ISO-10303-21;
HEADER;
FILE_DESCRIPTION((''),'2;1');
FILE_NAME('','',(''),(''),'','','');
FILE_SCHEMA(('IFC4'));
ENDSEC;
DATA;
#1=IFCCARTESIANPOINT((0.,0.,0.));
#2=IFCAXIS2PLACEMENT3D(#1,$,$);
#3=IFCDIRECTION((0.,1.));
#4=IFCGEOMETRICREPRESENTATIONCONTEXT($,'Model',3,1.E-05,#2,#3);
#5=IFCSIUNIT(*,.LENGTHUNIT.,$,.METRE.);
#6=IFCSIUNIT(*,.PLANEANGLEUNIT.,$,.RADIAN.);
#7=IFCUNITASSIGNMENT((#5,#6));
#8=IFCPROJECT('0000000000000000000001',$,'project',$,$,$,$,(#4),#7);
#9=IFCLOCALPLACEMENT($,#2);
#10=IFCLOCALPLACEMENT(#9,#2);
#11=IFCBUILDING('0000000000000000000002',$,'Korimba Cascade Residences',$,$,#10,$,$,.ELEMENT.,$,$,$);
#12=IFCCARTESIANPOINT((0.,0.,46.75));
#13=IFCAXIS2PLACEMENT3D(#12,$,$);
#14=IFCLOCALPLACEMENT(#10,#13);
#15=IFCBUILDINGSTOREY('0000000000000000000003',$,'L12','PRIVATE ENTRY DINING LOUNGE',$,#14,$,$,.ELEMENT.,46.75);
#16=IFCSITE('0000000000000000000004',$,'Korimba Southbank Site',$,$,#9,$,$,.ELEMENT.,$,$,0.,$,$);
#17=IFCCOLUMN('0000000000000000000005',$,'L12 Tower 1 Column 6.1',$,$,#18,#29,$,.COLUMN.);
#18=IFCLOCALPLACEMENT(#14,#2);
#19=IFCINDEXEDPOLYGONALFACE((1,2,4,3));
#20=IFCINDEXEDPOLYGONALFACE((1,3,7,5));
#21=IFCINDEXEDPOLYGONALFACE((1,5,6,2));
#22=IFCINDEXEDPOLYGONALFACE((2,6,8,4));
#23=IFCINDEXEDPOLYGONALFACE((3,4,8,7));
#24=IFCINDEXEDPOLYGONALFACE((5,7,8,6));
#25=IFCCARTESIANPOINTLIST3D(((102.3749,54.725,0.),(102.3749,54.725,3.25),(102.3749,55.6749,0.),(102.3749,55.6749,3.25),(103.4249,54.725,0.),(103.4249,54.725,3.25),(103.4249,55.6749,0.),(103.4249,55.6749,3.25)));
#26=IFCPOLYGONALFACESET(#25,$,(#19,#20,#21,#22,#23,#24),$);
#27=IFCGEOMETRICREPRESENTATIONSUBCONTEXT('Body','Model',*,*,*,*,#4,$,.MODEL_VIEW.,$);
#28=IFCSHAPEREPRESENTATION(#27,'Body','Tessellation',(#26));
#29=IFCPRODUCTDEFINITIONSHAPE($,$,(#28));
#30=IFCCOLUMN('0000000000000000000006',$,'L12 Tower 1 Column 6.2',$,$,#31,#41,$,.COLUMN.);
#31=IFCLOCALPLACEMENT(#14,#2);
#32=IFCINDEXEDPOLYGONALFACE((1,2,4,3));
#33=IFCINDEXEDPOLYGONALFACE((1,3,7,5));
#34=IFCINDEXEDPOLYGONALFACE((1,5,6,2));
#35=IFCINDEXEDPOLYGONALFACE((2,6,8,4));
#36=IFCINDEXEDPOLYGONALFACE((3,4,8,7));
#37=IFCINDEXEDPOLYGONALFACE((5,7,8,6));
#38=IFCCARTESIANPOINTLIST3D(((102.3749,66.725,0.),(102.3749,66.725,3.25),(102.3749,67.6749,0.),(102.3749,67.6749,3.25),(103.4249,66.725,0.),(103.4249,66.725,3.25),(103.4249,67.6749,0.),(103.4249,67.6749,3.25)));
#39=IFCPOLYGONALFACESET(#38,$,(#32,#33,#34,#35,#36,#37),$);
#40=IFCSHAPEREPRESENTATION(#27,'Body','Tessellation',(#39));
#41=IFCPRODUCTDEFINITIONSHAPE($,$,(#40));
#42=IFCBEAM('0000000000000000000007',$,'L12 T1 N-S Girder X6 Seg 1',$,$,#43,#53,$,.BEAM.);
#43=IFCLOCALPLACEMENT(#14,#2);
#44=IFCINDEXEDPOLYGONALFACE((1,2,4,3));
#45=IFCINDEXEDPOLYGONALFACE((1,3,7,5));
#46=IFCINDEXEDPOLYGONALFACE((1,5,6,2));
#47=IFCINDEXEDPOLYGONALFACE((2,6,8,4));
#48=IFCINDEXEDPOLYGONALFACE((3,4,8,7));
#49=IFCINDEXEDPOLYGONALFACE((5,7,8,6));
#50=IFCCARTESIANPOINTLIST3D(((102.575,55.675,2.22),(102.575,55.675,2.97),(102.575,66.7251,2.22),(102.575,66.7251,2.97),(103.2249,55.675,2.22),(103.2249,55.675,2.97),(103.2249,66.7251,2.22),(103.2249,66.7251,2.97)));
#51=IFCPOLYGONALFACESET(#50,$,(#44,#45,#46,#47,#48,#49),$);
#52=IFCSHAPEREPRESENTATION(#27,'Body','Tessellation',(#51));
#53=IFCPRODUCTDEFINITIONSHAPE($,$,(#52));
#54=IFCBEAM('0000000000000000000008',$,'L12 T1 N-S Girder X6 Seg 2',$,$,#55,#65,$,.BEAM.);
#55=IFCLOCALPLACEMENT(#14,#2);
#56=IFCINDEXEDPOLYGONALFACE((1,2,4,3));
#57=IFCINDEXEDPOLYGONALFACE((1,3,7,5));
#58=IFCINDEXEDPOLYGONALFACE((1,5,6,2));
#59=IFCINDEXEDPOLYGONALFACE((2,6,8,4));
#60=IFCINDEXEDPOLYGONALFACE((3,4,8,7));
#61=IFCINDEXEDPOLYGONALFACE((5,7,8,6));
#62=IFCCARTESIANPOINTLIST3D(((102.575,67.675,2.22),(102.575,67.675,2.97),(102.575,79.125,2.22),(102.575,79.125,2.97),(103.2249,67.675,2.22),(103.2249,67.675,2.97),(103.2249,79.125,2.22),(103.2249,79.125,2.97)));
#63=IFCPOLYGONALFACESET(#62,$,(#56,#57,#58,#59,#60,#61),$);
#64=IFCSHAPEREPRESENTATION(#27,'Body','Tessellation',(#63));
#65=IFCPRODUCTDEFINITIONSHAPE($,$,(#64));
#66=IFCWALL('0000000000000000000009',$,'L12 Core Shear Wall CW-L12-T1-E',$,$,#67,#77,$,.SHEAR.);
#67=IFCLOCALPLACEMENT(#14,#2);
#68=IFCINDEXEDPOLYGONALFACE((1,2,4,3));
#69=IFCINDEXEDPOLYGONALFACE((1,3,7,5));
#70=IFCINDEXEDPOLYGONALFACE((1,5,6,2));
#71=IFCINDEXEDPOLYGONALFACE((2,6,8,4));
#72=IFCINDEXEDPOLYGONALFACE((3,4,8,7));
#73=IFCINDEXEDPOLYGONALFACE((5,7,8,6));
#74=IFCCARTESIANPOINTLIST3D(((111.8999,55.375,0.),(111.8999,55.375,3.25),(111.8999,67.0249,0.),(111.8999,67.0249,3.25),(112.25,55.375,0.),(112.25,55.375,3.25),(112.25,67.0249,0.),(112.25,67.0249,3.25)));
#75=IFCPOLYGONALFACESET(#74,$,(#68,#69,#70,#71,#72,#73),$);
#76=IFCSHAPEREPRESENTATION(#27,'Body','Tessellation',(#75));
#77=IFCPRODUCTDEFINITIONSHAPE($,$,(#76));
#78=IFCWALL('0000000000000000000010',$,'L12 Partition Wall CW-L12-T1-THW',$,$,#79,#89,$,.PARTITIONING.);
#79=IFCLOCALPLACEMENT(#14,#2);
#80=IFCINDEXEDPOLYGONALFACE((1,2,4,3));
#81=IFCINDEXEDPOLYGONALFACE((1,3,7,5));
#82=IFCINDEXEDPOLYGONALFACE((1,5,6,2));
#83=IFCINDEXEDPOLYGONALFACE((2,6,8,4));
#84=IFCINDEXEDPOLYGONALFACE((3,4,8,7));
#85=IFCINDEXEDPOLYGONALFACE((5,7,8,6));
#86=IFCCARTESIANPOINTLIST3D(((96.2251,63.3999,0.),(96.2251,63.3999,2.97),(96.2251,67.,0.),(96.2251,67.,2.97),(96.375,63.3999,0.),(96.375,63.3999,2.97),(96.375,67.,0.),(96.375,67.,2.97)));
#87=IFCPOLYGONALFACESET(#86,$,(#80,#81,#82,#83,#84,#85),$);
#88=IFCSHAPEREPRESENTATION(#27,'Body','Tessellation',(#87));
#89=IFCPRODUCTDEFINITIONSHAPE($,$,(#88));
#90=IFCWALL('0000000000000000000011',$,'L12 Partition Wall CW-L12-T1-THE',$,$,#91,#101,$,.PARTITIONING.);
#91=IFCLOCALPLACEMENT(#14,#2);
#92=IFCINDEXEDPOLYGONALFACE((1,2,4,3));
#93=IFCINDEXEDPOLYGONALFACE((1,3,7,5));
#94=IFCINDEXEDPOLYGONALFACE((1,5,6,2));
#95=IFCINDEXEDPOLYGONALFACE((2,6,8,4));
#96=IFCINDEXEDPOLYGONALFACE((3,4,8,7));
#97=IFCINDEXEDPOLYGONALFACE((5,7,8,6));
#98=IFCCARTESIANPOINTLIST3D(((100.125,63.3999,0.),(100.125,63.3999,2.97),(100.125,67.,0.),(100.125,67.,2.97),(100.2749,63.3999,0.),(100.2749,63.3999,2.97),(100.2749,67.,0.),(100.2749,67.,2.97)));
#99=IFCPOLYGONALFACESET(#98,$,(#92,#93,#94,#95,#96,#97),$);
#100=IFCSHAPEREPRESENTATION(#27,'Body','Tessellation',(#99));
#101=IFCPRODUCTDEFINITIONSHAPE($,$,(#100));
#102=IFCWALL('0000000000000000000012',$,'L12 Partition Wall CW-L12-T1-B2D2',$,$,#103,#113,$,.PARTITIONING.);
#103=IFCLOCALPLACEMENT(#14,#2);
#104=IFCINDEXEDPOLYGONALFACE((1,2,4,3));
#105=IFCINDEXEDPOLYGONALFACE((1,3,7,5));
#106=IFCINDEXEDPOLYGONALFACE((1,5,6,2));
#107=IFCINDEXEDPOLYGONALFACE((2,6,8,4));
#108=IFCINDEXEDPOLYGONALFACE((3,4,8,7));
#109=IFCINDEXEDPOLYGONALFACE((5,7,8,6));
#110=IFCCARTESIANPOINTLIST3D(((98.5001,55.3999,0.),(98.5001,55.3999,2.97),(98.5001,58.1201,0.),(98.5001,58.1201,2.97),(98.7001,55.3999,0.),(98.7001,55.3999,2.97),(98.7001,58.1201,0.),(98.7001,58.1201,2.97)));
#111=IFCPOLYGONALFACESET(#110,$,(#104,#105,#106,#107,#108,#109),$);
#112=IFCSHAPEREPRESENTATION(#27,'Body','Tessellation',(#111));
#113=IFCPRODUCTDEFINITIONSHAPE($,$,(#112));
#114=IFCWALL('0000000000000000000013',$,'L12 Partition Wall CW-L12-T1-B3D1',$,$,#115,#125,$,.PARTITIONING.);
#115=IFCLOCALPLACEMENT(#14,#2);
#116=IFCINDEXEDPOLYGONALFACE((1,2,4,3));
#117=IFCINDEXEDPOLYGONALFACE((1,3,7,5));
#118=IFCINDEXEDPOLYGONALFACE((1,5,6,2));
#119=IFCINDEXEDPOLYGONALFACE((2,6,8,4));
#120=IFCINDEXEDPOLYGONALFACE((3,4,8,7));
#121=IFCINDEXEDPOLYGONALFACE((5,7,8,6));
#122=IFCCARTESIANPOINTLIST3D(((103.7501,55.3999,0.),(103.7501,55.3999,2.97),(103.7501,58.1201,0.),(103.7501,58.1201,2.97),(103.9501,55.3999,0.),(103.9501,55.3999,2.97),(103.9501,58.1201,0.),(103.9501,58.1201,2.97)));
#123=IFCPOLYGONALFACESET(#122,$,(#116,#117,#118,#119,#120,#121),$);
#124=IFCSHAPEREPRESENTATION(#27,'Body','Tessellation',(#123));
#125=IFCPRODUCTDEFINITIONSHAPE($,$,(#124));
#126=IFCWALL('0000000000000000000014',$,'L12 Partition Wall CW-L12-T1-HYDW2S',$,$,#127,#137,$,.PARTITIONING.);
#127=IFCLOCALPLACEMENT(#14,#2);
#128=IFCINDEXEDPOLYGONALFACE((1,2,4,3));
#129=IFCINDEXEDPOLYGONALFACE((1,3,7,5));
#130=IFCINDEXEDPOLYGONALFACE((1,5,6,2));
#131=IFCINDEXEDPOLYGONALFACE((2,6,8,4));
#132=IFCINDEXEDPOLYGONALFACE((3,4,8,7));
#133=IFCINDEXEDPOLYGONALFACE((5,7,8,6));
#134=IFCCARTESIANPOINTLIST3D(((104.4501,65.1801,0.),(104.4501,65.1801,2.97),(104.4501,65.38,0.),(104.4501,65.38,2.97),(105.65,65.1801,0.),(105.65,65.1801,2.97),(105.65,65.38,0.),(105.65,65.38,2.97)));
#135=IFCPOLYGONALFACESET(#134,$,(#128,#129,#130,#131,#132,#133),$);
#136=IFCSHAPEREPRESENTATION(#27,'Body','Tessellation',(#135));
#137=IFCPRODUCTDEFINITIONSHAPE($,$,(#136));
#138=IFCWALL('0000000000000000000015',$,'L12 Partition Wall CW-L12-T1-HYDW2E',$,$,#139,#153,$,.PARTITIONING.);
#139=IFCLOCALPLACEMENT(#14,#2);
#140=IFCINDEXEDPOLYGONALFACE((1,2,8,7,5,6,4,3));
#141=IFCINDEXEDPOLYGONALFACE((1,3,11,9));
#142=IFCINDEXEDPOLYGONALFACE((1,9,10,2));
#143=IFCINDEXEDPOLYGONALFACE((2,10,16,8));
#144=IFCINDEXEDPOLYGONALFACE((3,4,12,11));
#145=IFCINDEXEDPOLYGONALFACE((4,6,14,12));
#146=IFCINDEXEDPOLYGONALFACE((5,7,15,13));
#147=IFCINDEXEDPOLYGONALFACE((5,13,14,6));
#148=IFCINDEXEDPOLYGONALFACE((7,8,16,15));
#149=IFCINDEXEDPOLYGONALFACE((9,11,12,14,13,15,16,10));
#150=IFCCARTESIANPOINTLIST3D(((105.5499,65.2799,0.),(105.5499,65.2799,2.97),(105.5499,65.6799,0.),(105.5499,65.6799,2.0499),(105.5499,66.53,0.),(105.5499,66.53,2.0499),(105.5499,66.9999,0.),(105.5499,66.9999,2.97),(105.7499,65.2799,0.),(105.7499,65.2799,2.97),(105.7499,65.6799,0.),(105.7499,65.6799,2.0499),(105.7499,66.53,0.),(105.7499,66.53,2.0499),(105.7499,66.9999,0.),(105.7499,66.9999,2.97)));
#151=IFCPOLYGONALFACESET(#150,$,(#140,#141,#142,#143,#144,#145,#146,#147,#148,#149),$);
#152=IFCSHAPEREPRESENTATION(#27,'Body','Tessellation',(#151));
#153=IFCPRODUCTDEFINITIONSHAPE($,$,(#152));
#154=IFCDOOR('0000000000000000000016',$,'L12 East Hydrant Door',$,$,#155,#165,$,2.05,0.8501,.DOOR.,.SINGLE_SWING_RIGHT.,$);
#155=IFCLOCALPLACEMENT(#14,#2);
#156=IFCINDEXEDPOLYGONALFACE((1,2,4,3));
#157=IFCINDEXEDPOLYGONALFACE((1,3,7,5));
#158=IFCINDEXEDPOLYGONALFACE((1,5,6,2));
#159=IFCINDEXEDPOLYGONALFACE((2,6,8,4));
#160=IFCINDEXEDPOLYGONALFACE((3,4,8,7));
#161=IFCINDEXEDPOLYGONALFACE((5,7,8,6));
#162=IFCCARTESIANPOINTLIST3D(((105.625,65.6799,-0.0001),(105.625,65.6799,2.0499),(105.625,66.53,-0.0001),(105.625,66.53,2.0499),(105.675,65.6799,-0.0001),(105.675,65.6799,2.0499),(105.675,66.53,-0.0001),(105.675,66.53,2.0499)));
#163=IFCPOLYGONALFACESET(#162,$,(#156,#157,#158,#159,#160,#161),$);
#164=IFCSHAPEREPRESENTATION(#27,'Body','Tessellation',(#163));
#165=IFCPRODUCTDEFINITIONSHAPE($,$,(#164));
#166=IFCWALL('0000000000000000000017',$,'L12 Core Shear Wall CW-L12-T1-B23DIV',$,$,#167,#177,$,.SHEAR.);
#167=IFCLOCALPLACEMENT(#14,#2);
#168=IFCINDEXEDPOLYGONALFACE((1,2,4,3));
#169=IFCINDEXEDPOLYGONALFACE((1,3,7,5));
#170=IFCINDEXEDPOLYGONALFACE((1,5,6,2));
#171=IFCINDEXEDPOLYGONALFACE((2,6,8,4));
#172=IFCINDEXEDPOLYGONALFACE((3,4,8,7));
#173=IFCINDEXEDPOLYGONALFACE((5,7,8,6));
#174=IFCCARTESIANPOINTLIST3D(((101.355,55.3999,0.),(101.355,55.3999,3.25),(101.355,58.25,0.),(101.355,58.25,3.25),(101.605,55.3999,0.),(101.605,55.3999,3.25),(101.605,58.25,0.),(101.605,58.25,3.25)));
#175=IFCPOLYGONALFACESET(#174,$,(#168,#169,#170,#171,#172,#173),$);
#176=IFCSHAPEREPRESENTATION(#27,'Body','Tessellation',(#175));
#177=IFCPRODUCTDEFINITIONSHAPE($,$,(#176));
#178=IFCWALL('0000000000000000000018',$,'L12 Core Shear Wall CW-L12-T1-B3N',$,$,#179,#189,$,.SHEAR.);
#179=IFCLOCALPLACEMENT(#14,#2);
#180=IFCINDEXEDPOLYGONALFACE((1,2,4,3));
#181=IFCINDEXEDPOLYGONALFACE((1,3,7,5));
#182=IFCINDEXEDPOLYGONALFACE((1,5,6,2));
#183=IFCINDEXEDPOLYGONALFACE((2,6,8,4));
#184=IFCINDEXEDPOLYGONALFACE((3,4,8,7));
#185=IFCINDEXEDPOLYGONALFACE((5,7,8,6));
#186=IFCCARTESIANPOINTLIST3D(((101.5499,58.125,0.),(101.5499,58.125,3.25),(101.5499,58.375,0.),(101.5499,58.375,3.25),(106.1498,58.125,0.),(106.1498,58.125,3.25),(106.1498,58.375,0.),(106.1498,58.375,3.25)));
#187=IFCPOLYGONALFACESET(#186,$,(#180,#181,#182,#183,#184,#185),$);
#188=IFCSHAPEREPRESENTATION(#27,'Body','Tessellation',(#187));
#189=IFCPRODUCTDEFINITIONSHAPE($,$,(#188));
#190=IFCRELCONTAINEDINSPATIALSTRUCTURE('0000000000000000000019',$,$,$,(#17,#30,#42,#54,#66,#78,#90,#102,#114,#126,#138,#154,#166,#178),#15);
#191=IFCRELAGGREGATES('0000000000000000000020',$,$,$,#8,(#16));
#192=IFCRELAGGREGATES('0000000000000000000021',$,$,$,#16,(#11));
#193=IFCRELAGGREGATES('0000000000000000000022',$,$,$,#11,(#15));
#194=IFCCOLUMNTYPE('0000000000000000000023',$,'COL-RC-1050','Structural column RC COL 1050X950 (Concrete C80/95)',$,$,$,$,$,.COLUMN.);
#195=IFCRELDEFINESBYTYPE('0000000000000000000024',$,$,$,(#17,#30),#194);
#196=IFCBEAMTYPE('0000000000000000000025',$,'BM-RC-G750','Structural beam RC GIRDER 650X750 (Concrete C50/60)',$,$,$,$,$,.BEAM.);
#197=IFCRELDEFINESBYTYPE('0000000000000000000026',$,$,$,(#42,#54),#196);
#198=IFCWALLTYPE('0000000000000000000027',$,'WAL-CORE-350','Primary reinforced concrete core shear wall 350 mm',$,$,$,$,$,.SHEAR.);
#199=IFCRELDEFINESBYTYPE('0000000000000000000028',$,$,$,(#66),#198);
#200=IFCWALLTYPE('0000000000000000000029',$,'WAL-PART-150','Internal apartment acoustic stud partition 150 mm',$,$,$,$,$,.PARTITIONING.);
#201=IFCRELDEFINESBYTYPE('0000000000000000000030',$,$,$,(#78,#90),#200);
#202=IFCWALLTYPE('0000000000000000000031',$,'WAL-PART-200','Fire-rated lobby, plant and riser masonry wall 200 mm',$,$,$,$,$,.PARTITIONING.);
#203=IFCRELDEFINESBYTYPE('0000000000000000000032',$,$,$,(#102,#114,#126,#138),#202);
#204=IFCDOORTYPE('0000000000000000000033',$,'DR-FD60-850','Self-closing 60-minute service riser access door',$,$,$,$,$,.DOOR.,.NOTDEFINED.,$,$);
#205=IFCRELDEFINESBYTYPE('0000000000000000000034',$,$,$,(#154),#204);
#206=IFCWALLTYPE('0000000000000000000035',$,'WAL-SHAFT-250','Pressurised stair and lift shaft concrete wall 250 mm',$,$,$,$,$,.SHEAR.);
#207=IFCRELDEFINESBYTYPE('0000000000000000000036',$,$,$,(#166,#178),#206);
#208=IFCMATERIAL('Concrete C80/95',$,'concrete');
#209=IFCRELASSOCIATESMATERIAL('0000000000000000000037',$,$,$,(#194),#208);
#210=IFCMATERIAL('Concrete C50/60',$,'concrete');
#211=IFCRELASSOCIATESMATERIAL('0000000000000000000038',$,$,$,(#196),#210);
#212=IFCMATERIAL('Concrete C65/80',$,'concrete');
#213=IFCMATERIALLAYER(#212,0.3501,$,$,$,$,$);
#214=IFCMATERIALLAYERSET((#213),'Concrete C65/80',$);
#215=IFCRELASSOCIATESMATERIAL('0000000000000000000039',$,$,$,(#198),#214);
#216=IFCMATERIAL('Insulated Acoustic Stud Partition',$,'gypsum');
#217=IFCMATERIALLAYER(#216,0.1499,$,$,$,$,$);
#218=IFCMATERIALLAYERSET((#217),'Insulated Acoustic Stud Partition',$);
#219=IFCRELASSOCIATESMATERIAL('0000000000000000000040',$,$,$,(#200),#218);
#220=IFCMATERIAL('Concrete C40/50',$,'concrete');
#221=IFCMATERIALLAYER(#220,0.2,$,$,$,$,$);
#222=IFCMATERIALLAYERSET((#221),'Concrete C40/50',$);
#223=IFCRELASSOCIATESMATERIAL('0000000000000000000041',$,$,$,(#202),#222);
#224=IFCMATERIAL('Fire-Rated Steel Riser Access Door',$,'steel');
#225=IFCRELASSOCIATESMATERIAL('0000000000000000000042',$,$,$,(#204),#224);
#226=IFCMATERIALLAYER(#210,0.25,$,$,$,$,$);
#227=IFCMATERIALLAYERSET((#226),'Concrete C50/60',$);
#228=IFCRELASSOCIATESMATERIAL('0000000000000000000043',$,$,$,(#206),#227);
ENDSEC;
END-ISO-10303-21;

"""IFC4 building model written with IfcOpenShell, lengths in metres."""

from ifc_helpers import new_model, si_unit, direction, frame, frame_2d, origin, origin_2d, place, context, subcontext, project, spatial, rectangle, extrude, material, layer, layer_set, material_profile, profile_set, type_object, element, fill, save


model = new_model("IFC4")

# Units and contexts
model_context = context("Model", 3, precision=1e-05, world=origin(), true_north=direction((0.0, 1.0)))
body_context = subcontext(model_context, "Body", "Model", "MODEL_VIEW")
ifc_project = project(units=[si_unit("LENGTHUNIT", "METRE"), si_unit("PLANEANGLEUNIT", "RADIAN")], contexts=[model_context])

# Site, building, storey
site_placement = place(None, origin())
site = spatial("IfcSite", under=ifc_project, at=site_placement, Name="Korimba Southbank Site", CompositionType="ELEMENT", RefElevation=0.0)
building_placement = place(site_placement, origin())
building = spatial("IfcBuilding", under=site, at=building_placement, Name="Korimba Cascade Residences", CompositionType="ELEMENT")
storey_placement = place(building_placement, frame((0.0, 0.0, 46.75)))
storey = spatial("IfcBuildingStorey", under=building, at=storey_placement, Name="L12", Description="PRIVATE ENTRY DINING LOUNGE", CompositionType="ELEMENT", Elevation=46.75)

# Columns
ifc_material_1 = material(Name="Concrete C80/95", Category="concrete")
ifc_material_profile_1 = material_profile(ifc_material_1, rectangle(XDim=1.05, YDim=0.95, at=origin_2d()), Name="Concrete C80/95")
ifc_profile_set_1 = profile_set([ifc_material_profile_1], Name="Concrete C80/95")
column_type = type_object("IfcColumnType", Name="COL-RC-1050", Description="Structural column RC COL 1050X950 (Concrete C80/95)", PredefinedType="COLUMN", material=ifc_profile_set_1)
for number, where, z_axis, x_axis, name in (
    (1, (102.8999, 55.2, 0.0), (0.0, 0.0, 1.0), (1.0, 0.0, 0.0), "L12 Tower 1 Column 6.1"),
    (2, (102.8999, 67.2, 0.0), (0.0, 0.0, 1.0), (1.0, 0.0, 0.0), "L12 Tower 1 Column 6.2"),
):
    element("IfcColumn", number, at=place(storey_placement, frame(where, z_axis=z_axis, x_axis=x_axis)), inside=storey, type_object=column_type, Name=name, PredefinedType="COLUMN", context=body_context, shape_type="SweptSolid", body=[
        extrude(rectangle(XDim=1.05, YDim=0.95, at=origin_2d()), origin(), (0.0, 0.0, 1.0), 3.25),
    ])

# Beams
ifc_material_2 = material(Name="Concrete C50/60", Category="concrete")
ifc_material_profile_2 = material_profile(ifc_material_2, rectangle(XDim=0.6499, YDim=0.75, at=origin_2d()), Name="Concrete C50/60")
ifc_profile_set_2 = profile_set([ifc_material_profile_2], Name="Concrete C50/60")
beam_type = type_object("IfcBeamType", Name="BM-RC-G750", Description="Structural beam RC GIRDER 650X750 (Concrete C50/60)", PredefinedType="BEAM", material=ifc_profile_set_2)
beam_1_placement = place(storey_placement, frame((102.8999, 55.675, 2.595), z_axis=(0.0, 1.0, 0.0), x_axis=(-1.0, 0.0, 0.0)))
element("IfcBeam", 3, at=beam_1_placement, inside=storey, type_object=beam_type, Name="L12 T1 N-S Girder X6 Seg 1", PredefinedType="BEAM", context=body_context, shape_type="SweptSolid", body=[
    extrude(rectangle(XDim=0.6499, YDim=0.75, at=origin_2d()), origin(), (0.0, 0.0, 1.0), 11.05),
])
beam_2_placement = place(storey_placement, frame((102.8999, 67.675, 2.595), z_axis=(0.0, 1.0, 0.0), x_axis=(-1.0, 0.0, 0.0)))
element("IfcBeam", 4, at=beam_2_placement, inside=storey, type_object=beam_type, Name="L12 T1 N-S Girder X6 Seg 2", PredefinedType="BEAM", context=body_context, shape_type="SweptSolid", body=[
    extrude(rectangle(XDim=0.6499, YDim=0.75, at=origin_2d()), origin(), (0.0, 0.0, 1.0), 11.45),
])

# Walls
ifc_material_3 = material(Name="Concrete C65/80", Category="concrete")
ifc_layer_1 = layer(ifc_material_3, 0.3501)
ifc_layer_set_1 = layer_set([ifc_layer_1], Name="Concrete C65/80")
wall_type_1 = type_object("IfcWallType", Name="WAL-CORE-350", Description="Primary reinforced concrete core shear wall 350 mm", PredefinedType="SHEAR", material=ifc_layer_set_1)
wall_1_placement = place(storey_placement, frame((112.075, 55.375, 0.0), z_axis=(0.0, 0.0, 1.0), x_axis=(0.0, 1.0, 0.0)))
element("IfcWall", 5, at=wall_1_placement, inside=storey, type_object=wall_type_1, Name="L12 Core Shear Wall CW-L12-T1-E", PredefinedType="SHEAR", context=body_context, shape_type="SweptSolid", body=[
    extrude(rectangle(XDim=11.6499, YDim=0.3501, at=frame_2d((5.825, 0.0))), origin(), (0.0, 0.0, 1.0), 3.25),
])
ifc_material_4 = material(Name="Insulated Acoustic Stud Partition", Category="gypsum")
ifc_layer_2 = layer(ifc_material_4, 0.1499)
ifc_layer_set_2 = layer_set([ifc_layer_2], Name="Insulated Acoustic Stud Partition")
wall_type_2 = type_object("IfcWallType", Name="WAL-PART-150", Description="Internal apartment acoustic stud partition 150 mm", PredefinedType="PARTITIONING", material=ifc_layer_set_2)
for number, where, z_axis, x_axis, name in (
    (6, (96.3, 63.3999, 0.0), (0.0, 0.0, 1.0), (0.0, 1.0, 0.0), "L12 Partition Wall CW-L12-T1-THW"),
    (7, (100.2, 63.3999, 0.0), (0.0, 0.0, 1.0), (0.0, 1.0, 0.0), "L12 Partition Wall CW-L12-T1-THE"),
):
    element("IfcWall", number, at=place(storey_placement, frame(where, z_axis=z_axis, x_axis=x_axis)), inside=storey, type_object=wall_type_2, Name=name, PredefinedType="PARTITIONING", context=body_context, shape_type="SweptSolid", body=[
        extrude(rectangle(XDim=3.6001, YDim=0.1499, at=frame_2d((1.8, 0.0))), origin(), (0.0, 0.0, 1.0), 2.97),
    ])
ifc_material_5 = material(Name="Concrete C40/50", Category="concrete")
ifc_layer_3 = layer(ifc_material_5, 0.2)
ifc_layer_set_3 = layer_set([ifc_layer_3], Name="Concrete C40/50")
wall_type_3 = type_object("IfcWallType", Name="WAL-PART-200", Description="Fire-rated lobby, plant and riser masonry wall 200 mm", PredefinedType="PARTITIONING", material=ifc_layer_set_3)
for number, where, z_axis, x_axis, name in (
    (8, (98.6001, 55.3999, 0.0), (0.0, 0.0, 1.0), (0.0, 1.0, 0.0), "L12 Partition Wall CW-L12-T1-B2D2"),
    (9, (103.8501, 55.3999, 0.0), (0.0, 0.0, 1.0), (0.0, 1.0, 0.0), "L12 Partition Wall CW-L12-T1-B3D1"),
):
    element("IfcWall", number, at=place(storey_placement, frame(where, z_axis=z_axis, x_axis=x_axis)), inside=storey, type_object=wall_type_3, Name=name, PredefinedType="PARTITIONING", context=body_context, shape_type="SweptSolid", body=[
        extrude(rectangle(XDim=2.7202, YDim=0.2, at=frame_2d((1.3601, 0.0))), origin(), (0.0, 0.0, 1.0), 2.97),
    ])
wall_2_placement = place(storey_placement, frame((104.45, 65.28, 0.0), z_axis=(0.0, 0.0, 1.0), x_axis=(1.0, 0.0, 0.0)))
element("IfcWall", 10, at=wall_2_placement, inside=storey, type_object=wall_type_3, Name="L12 Partition Wall CW-L12-T1-HYDW2S", PredefinedType="PARTITIONING", context=body_context, shape_type="SweptSolid", body=[
    extrude(rectangle(XDim=1.2, YDim=0.2, at=frame_2d((0.6001, 0.0))), origin(), (0.0, 0.0, 1.0), 2.97),
])

# Wall, opening, door
wall_3_placement = place(storey_placement, frame((105.6499, 65.28, 0.0), z_axis=(0.0, 0.0, 1.0), x_axis=(0.0, 1.0, 0.0)))
wall_3 = element("IfcWall", 11, at=wall_3_placement, inside=storey, type_object=wall_type_3, Name="L12 Partition Wall CW-L12-T1-HYDW2E", PredefinedType="PARTITIONING", context=body_context, shape_type="SweptSolid", body=[
    extrude(rectangle(XDim=1.72, YDim=0.2, at=frame_2d((0.8599, 0.0))), origin(), (0.0, 0.0, 1.0), 2.97),
])
opening_1_placement = place(wall_3_placement, frame((0.3999, 0.0, 0.0)))
opening_1 = element("IfcOpeningElement", 12, at=opening_1_placement, cuts=wall_3, PredefinedType="OPENING", context=body_context, shape_type="SweptSolid", body=[
    extrude(rectangle(XDim=0.8501, YDim=2.05, at=frame_2d((0.425, 1.0249))), frame((0.0, 0.1099, 0.0), z_axis=(0.0, -1.0, 0.0), x_axis=(1.0, 0.0, 0.0)), (0.0, 0.0, 1.0), 0.22),
])
ifc_material_6 = material(Name="Fire-Rated Steel Riser Access Door", Category="steel")
door_type_1 = type_object("IfcDoorType", Name="DR-FD60-850", Description="Self-closing 60-minute service riser access door", OperationType="NOTDEFINED", PredefinedType="DOOR", material=ifc_material_6)
door_1_placement = place(opening_1_placement, origin())
door_1 = element("IfcDoor", 13, at=door_1_placement, inside=storey, type_object=door_type_1, Name="L12 East Hydrant Door", OperationType="SINGLE_SWING_RIGHT", OverallHeight=2.05, OverallWidth=0.8501, PredefinedType="DOOR", context=body_context, shape_type="SweptSolid", body=[
    extrude(rectangle(XDim=0.8501, YDim=2.05, at=frame_2d((0.425, 1.0249))), frame((0.0, 0.0249, 0.0), z_axis=(0.0, -1.0, 0.0), x_axis=(1.0, 0.0, 0.0)), (0.0, 0.0, 1.0), 0.05),
])
fill(opening_1, door_1)

# Walls
ifc_layer_4 = layer(ifc_material_2, 0.25)
ifc_layer_set_4 = layer_set([ifc_layer_4], Name="Concrete C50/60")
wall_type_4 = type_object("IfcWallType", Name="WAL-SHAFT-250", Description="Pressurised stair and lift shaft concrete wall 250 mm", PredefinedType="SHEAR", material=ifc_layer_set_4)
wall_4_placement = place(storey_placement, frame((101.48, 55.3999, 0.0), z_axis=(0.0, 0.0, 1.0), x_axis=(0.0, 1.0, 0.0)))
element("IfcWall", 14, at=wall_4_placement, inside=storey, type_object=wall_type_4, Name="L12 Core Shear Wall CW-L12-T1-B23DIV", PredefinedType="SHEAR", context=body_context, shape_type="SweptSolid", body=[
    extrude(rectangle(XDim=2.8501, YDim=0.25, at=frame_2d((1.425, 0.0))), origin(), (0.0, 0.0, 1.0), 3.25),
])
wall_5_placement = place(storey_placement, frame((101.55, 58.25, 0.0), z_axis=(0.0, 0.0, 1.0), x_axis=(1.0, 0.0, 0.0)))
element("IfcWall", 15, at=wall_5_placement, inside=storey, type_object=wall_type_4, Name="L12 Core Shear Wall CW-L12-T1-B3N", PredefinedType="SHEAR", context=body_context, shape_type="SweptSolid", body=[
    extrude(rectangle(XDim=4.5999, YDim=0.25, at=frame_2d((2.2998, 0.0))), origin(), (0.0, 0.0, 1.0), 3.25),
])

save(model, "model.ifc")
